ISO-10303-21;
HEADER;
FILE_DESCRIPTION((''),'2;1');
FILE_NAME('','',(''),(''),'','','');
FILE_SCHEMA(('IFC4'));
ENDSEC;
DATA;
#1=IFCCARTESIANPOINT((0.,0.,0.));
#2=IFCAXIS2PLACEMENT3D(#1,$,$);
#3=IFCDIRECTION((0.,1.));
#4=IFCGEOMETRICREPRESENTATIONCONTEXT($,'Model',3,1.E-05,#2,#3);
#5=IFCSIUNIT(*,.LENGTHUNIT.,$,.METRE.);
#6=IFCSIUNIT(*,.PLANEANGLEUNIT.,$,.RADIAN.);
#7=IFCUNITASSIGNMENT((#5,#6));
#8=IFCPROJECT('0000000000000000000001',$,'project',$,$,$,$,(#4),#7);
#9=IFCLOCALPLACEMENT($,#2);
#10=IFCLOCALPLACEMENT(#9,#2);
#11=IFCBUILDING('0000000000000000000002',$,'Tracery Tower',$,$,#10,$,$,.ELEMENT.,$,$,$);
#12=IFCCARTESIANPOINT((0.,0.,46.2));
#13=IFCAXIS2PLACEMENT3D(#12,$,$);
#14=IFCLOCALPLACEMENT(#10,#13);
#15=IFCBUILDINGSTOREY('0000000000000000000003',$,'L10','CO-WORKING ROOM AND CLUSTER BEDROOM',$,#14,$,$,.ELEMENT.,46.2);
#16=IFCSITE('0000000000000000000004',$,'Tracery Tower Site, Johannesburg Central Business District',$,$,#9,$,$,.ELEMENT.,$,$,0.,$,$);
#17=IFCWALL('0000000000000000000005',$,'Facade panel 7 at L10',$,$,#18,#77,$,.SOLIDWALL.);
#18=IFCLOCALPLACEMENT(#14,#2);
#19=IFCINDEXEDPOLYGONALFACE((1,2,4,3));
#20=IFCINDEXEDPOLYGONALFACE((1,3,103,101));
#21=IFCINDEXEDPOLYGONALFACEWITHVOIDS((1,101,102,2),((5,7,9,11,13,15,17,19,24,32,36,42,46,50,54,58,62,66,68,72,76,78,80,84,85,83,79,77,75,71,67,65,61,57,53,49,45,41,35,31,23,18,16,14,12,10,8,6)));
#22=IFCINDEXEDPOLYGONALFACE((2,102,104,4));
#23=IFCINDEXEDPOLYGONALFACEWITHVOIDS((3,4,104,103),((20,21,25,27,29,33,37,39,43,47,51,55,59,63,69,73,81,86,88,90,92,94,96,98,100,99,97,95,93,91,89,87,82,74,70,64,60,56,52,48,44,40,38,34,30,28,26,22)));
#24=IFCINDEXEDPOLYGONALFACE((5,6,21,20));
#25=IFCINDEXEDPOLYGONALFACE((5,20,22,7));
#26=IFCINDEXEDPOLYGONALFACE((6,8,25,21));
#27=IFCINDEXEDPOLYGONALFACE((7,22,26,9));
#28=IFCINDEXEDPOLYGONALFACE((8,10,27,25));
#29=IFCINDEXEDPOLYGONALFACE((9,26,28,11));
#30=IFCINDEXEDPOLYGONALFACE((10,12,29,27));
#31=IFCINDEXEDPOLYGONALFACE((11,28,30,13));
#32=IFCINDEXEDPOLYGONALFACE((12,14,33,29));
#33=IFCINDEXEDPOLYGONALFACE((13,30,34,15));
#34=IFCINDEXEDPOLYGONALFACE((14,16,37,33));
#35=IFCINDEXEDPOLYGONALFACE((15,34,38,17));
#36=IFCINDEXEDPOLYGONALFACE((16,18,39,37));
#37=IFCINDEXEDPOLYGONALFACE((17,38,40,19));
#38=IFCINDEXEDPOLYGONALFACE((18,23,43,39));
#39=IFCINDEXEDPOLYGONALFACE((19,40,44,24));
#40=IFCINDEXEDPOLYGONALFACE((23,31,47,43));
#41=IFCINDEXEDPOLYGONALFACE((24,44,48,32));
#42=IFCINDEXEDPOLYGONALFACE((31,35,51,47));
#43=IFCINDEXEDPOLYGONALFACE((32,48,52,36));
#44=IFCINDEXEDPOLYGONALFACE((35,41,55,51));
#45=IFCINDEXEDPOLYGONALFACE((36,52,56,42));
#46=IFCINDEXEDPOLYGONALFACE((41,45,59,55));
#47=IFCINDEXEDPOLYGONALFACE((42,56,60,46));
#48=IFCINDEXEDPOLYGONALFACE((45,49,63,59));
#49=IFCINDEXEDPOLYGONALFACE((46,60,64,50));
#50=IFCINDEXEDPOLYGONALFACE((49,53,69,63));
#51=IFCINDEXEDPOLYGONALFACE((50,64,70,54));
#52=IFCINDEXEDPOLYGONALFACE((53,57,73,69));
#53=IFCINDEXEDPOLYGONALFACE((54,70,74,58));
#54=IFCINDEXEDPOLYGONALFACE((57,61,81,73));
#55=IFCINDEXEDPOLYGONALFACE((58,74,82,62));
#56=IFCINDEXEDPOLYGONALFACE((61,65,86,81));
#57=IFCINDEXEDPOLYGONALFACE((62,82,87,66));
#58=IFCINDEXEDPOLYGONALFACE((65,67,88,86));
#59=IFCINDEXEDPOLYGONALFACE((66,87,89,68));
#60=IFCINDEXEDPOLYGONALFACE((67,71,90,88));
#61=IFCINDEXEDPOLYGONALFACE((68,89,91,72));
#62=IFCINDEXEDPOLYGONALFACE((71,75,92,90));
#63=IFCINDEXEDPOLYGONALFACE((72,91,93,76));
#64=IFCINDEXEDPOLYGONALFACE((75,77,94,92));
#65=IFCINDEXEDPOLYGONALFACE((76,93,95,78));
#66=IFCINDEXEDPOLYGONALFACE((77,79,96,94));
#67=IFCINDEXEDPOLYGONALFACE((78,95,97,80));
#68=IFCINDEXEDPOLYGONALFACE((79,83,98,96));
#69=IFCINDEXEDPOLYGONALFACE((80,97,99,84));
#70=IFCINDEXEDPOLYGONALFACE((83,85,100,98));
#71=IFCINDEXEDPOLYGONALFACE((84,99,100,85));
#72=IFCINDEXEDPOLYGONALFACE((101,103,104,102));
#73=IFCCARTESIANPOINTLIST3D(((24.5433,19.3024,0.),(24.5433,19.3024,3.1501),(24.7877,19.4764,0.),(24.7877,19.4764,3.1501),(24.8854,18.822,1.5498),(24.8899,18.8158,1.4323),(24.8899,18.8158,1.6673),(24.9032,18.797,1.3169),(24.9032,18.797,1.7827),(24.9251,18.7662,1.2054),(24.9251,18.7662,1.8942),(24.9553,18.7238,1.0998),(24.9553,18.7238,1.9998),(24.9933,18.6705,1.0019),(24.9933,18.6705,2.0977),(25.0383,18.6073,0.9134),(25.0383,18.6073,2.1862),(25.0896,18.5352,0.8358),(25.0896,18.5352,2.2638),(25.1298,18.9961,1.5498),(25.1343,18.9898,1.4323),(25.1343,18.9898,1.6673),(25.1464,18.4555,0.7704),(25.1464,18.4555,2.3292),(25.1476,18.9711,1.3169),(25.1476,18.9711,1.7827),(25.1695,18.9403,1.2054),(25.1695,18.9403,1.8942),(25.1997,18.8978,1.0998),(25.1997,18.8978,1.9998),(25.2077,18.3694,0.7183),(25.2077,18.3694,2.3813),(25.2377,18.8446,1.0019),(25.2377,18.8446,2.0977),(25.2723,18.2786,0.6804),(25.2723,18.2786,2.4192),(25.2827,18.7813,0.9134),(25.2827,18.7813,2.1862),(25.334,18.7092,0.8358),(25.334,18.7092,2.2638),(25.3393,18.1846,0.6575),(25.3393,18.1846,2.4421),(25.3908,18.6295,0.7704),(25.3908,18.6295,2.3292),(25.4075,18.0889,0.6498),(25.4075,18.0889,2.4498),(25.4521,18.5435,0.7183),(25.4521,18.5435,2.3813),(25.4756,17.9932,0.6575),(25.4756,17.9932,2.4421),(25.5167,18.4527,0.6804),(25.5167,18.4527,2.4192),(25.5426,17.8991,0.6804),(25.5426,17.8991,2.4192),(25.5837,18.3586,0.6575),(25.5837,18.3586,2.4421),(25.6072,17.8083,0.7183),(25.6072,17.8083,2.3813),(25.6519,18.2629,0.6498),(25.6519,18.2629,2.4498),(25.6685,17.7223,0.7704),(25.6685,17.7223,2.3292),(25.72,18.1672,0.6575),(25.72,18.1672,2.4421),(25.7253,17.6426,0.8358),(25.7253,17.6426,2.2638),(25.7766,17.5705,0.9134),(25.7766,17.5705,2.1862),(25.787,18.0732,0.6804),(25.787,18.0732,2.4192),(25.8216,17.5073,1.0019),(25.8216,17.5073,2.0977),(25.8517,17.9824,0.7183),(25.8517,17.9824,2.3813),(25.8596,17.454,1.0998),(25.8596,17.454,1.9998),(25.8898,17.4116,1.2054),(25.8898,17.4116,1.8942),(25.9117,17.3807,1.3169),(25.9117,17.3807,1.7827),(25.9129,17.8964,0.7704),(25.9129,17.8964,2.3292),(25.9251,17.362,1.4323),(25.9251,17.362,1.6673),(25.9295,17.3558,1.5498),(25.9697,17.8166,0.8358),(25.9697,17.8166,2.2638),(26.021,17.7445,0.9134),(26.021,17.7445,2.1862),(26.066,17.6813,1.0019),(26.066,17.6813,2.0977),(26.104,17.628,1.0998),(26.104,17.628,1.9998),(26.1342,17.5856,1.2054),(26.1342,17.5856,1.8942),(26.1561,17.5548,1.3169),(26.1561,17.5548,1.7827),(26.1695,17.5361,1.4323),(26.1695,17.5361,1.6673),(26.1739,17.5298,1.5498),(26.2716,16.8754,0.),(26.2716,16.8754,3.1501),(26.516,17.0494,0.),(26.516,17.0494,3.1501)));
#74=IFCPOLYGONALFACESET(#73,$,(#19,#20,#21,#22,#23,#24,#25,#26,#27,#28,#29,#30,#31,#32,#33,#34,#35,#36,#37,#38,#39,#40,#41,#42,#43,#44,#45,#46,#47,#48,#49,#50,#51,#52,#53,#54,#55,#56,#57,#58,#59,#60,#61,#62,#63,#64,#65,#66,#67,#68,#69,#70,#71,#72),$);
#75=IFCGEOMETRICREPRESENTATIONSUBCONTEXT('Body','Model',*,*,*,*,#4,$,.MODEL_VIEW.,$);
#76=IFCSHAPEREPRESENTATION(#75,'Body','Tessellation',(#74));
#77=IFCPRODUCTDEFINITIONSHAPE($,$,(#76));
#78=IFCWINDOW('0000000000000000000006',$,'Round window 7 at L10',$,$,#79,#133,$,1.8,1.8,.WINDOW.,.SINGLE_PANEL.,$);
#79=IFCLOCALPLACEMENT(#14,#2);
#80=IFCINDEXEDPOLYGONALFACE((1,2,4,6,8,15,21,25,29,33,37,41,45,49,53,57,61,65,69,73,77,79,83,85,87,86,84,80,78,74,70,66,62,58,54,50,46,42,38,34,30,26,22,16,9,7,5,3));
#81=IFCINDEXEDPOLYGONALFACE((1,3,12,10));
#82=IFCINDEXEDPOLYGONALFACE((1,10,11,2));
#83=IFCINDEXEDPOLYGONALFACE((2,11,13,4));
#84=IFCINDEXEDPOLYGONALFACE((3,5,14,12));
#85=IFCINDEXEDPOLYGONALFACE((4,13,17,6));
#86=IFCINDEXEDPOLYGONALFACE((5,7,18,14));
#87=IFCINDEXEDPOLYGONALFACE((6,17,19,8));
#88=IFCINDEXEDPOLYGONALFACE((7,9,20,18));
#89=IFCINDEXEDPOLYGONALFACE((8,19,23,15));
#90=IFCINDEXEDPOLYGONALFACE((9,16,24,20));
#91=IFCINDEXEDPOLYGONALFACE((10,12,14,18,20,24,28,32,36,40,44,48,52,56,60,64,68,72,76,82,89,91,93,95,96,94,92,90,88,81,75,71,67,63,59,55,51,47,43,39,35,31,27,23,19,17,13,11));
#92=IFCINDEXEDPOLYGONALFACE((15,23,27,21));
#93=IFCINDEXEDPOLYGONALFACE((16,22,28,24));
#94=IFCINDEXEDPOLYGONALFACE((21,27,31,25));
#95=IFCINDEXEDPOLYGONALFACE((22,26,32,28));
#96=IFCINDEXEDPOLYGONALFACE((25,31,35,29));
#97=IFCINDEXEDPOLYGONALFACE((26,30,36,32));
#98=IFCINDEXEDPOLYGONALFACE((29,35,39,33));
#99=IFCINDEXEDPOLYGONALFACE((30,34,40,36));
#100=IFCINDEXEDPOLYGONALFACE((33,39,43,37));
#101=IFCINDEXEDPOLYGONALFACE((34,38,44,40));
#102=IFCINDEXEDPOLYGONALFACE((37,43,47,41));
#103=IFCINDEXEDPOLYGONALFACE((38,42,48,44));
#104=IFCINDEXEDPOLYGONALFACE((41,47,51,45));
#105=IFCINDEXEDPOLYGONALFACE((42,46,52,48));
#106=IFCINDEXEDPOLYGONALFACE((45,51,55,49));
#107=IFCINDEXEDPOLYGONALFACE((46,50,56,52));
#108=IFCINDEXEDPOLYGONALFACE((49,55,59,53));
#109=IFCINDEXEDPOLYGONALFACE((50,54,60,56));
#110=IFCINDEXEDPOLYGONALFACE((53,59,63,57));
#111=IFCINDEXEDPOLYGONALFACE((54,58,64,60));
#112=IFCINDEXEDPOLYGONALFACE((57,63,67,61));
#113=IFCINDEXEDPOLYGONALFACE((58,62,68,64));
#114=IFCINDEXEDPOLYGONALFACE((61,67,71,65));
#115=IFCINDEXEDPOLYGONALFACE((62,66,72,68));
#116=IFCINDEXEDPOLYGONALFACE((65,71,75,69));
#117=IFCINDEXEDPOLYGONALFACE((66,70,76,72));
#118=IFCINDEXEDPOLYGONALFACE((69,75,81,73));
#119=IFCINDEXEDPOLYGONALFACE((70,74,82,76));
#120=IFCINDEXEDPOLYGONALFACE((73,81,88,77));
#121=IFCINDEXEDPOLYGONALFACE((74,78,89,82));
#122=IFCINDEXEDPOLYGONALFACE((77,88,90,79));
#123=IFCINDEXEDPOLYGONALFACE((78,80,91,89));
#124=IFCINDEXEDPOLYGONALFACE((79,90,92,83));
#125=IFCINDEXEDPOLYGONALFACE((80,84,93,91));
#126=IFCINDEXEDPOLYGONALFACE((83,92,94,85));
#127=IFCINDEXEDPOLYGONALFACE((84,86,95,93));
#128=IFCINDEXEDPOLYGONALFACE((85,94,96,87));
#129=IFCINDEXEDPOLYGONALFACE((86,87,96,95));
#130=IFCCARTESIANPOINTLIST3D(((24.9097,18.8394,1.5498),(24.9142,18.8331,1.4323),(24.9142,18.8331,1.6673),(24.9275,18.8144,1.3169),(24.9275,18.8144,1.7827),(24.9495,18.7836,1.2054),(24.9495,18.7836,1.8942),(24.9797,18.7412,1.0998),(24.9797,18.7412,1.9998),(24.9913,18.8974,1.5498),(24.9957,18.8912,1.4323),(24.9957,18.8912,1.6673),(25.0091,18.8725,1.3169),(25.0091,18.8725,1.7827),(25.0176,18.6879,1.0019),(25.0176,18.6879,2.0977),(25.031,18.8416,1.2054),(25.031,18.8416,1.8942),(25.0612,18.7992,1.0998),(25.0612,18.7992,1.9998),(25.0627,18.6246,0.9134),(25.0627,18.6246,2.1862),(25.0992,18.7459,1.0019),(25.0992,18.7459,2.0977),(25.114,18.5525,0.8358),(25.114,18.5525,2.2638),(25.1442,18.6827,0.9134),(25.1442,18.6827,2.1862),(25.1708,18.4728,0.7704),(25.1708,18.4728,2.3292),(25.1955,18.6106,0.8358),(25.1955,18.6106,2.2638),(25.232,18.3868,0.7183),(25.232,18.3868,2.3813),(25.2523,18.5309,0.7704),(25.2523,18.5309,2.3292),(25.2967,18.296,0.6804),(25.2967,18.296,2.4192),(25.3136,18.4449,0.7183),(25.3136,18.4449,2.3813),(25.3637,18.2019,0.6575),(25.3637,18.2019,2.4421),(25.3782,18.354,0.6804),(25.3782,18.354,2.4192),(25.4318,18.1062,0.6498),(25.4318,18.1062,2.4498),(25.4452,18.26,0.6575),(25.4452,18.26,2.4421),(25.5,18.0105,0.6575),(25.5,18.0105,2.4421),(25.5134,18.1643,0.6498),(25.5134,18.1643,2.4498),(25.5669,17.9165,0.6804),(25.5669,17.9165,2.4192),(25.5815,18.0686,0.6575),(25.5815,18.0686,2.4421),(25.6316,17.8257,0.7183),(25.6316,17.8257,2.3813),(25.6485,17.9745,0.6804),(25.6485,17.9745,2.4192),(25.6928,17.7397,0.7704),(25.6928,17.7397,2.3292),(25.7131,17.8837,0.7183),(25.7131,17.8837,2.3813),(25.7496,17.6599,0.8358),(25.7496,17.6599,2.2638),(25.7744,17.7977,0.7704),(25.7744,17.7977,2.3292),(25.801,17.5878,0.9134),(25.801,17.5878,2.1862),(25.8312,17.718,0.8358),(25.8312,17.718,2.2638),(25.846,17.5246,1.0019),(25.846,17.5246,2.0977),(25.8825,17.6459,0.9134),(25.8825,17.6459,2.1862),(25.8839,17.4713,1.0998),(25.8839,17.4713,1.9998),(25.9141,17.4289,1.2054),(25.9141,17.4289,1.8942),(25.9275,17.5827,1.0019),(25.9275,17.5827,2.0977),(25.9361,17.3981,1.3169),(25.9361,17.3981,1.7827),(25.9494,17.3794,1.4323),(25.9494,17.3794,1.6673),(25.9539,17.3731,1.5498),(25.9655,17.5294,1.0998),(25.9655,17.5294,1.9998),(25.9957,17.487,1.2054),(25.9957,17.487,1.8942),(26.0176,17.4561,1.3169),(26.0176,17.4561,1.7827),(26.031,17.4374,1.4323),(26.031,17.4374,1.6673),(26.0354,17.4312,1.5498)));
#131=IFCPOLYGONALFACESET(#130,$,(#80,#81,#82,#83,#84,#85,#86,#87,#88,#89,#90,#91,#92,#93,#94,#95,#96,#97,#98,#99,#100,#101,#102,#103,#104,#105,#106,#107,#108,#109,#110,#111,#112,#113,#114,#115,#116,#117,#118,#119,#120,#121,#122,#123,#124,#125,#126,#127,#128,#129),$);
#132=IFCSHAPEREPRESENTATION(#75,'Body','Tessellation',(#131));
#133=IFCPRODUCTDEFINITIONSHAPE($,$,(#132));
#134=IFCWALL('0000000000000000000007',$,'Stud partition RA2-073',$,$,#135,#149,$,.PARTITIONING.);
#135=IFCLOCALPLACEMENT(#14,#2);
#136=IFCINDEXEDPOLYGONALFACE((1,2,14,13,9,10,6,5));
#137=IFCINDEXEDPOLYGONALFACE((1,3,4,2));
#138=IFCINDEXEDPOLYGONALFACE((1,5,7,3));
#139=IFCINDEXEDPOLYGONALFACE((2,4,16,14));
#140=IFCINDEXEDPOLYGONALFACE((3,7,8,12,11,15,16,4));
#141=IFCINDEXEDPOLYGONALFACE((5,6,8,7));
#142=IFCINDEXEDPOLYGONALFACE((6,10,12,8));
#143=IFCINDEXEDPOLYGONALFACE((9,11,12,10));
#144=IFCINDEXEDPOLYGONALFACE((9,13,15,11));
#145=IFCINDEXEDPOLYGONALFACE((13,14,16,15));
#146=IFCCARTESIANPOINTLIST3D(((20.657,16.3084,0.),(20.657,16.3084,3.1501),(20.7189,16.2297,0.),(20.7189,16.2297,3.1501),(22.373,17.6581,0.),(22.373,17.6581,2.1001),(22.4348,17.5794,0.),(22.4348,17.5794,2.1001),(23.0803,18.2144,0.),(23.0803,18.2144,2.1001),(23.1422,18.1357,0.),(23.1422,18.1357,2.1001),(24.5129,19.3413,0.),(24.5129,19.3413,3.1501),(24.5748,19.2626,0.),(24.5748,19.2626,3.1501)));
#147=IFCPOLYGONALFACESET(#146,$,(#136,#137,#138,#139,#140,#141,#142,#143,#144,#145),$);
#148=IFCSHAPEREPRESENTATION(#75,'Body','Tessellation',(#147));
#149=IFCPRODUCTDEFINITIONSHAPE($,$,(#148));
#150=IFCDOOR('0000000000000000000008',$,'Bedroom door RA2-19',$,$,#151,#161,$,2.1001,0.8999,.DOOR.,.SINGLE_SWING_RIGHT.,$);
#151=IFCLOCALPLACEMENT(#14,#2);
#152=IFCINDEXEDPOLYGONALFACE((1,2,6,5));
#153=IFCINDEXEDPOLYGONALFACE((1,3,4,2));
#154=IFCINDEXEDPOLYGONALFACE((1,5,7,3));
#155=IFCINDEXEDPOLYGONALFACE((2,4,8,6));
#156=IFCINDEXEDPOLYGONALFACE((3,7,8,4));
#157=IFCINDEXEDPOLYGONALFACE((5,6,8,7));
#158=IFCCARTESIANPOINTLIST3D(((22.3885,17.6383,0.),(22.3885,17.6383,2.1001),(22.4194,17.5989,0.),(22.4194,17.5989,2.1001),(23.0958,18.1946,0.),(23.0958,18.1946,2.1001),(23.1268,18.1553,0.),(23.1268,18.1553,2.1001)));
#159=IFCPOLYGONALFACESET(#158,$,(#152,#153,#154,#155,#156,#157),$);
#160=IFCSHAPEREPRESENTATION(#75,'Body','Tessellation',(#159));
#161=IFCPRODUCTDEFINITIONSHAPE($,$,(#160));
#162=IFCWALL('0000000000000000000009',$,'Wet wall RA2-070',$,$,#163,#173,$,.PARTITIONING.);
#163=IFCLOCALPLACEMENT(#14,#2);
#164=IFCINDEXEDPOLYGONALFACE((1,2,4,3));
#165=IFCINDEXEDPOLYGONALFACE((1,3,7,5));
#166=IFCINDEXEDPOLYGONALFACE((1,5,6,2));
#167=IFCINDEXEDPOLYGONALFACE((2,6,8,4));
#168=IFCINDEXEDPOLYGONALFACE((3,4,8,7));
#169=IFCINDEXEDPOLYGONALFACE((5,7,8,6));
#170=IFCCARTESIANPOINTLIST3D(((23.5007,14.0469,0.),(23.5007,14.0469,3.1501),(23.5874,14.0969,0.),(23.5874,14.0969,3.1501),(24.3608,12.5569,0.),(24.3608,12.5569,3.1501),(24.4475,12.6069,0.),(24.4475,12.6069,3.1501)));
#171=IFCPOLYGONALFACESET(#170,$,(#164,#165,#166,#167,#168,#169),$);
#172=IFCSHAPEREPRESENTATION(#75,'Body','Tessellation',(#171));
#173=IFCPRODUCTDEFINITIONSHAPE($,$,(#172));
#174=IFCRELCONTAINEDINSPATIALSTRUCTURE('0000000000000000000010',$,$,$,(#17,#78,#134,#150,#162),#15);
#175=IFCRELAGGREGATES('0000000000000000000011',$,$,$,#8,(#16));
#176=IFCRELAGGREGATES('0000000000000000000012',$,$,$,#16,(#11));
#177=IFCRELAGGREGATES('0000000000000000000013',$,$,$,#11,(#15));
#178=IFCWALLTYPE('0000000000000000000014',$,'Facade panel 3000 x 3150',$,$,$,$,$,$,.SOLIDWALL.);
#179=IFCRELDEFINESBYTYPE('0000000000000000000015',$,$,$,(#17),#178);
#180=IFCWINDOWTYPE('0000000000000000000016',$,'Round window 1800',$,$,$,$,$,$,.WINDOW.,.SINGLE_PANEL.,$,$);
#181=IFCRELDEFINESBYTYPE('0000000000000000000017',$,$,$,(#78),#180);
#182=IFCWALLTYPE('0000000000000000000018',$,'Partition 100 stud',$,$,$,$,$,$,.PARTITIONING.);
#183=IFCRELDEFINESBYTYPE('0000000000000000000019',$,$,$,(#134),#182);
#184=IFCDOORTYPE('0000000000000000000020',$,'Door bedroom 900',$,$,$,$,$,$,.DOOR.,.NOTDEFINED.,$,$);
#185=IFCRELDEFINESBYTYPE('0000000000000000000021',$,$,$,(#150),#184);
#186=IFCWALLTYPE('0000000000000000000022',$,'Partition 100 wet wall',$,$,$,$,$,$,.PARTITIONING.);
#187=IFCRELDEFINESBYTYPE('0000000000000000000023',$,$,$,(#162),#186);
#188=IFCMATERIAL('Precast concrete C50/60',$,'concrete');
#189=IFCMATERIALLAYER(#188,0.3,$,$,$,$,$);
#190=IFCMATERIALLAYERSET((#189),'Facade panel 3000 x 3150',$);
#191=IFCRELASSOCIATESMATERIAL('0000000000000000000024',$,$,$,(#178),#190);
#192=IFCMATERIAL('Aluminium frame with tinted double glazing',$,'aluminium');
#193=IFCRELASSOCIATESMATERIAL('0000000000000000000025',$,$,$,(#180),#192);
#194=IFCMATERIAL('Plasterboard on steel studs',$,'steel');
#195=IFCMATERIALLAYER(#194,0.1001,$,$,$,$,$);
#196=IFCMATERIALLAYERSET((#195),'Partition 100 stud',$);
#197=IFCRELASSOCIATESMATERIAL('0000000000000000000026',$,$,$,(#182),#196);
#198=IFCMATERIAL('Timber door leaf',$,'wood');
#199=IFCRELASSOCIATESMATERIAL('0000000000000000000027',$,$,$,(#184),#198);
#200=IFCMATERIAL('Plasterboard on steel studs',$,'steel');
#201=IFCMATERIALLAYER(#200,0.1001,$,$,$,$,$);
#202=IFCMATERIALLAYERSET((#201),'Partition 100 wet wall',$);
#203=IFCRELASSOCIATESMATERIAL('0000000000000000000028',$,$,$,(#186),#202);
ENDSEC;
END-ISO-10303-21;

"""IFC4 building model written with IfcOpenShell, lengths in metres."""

from ifc_helpers import new_model, si_unit, direction, frame, frame_2d, origin, origin_2d, place, context, subcontext, project, spatial, rectangle, circle, extrude, material, layer, layer_set, type_object, element, fill, save


model = new_model("IFC4")

# Units and contexts
model_context = context("Model", 3, precision=1e-05, world=origin(), true_north=direction((0.0, 1.0)))
body_context = subcontext(model_context, "Body", "Model", "MODEL_VIEW")
ifc_project = project(units=[si_unit("LENGTHUNIT", "METRE"), si_unit("PLANEANGLEUNIT", "RADIAN")], contexts=[model_context])

# Site, building, storey
site_placement = place(None, origin())
site = spatial("IfcSite", under=ifc_project, at=site_placement, Name="Tracery Tower Site, Johannesburg Central Business District", CompositionType="ELEMENT", RefElevation=0.0)
building_placement = place(site_placement, origin())
building = spatial("IfcBuilding", under=site, at=building_placement, Name="Tracery Tower", CompositionType="ELEMENT")
storey_placement = place(building_placement, frame((0.0, 0.0, 46.2)))
storey = spatial("IfcBuildingStorey", under=building, at=storey_placement, Name="L10", Description="CO-WORKING ROOM AND CLUSTER BEDROOM", CompositionType="ELEMENT", Elevation=46.2)

# Wall, opening, window
ifc_material_1 = material(Name="Precast concrete C50/60", Category="concrete")
ifc_layer_1 = layer(ifc_material_1, 0.3)
ifc_layer_set_1 = layer_set([ifc_layer_1], Name="Facade panel 3000 x 3150")
wall_type_1 = type_object("IfcWallType", Name="Facade panel 3000 x 3150", PredefinedType="SOLIDWALL", material=ifc_layer_set_1)
ifc_material_2 = material(Name="Aluminium frame with tinted double glazing", Category="aluminium")
window_type = type_object("IfcWindowType", Name="Round window 1800", PartitioningType="SINGLE_PANEL", PredefinedType="WINDOW", material=ifc_material_2)
wall_1_placement = place(storey_placement, frame((26.3938, 16.9624, 0.0), z_axis=(0.0, 0.0, 1.0), x_axis=(-0.580059, 0.814574, 0.0)))
wall_1 = element("IfcWall", 1, at=wall_1_placement, inside=storey, type_object=wall_type_1, Name="Facade panel 7 at L10", PredefinedType="SOLIDWALL", context=body_context, shape_type="SweptSolid", body=[
    extrude(rectangle(XDim=2.9795, YDim=0.3, at=frame_2d((1.4897, 0.0))), origin(), (0.0, 0.0, 1.0), 3.1501),
])
opening_1_placement = place(wall_1_placement, frame((1.4897, 0.0, 1.5498)))
opening_1 = element("IfcOpeningElement", 2, at=opening_1_placement, cuts=wall_1, PredefinedType="OPENING", context=body_context, shape_type="SweptSolid", body=[
    extrude(circle(Radius=0.9, at=origin_2d()), frame((0.0, 0.1599, 0.0), z_axis=(0.0, -1.0, 0.0), x_axis=(1.0, 0.0, 0.0)), (0.0, 0.0, 1.0), 0.3201),
])
window_1_placement = place(opening_1_placement, origin())
window_1 = element("IfcWindow", 3, at=window_1_placement, inside=storey, type_object=window_type, Name="Round window 7 at L10", OverallHeight=1.8, OverallWidth=1.8, PartitioningType="SINGLE_PANEL", PredefinedType="WINDOW", context=body_context, shape_type="SweptSolid", body=[
    extrude(circle(Radius=0.9, at=origin_2d()), frame((0.0, 0.1201, 0.0), z_axis=(0.0, -1.0, 0.0), x_axis=(1.0, 0.0, 0.0)), (0.0, 0.0, 1.0), 0.1001),
])
fill(opening_1, window_1)

# Wall, opening, door
ifc_material_3 = material(Name="Plasterboard on steel studs", Category="steel")
ifc_layer_2 = layer(ifc_material_3, 0.1001)
ifc_layer_set_2 = layer_set([ifc_layer_2], Name="Partition 100 stud")
wall_type_2 = type_object("IfcWallType", Name="Partition 100 stud", PredefinedType="PARTITIONING", material=ifc_layer_set_2)
wall_2_placement = place(storey_placement, frame((20.688, 16.269, 0.0), z_axis=(0.0, 0.0, 1.0), x_axis=(0.785994, 0.618235, 0.0)))
wall_2 = element("IfcWall", 4, at=wall_2_placement, inside=storey, type_object=wall_type_2, Name="Stud partition RA2-073", PredefinedType="PARTITIONING", context=body_context, shape_type="SweptSolid", body=[
    extrude(rectangle(XDim=4.9058, YDim=0.1001, at=frame_2d((2.4529, 0.0))), origin(), (0.0, 0.0, 1.0), 3.1501),
])
opening_2_placement = place(wall_2_placement, frame((2.1831, 0.0, 0.0)))
opening_2 = element("IfcOpeningElement", 5, at=opening_2_placement, cuts=wall_2, PredefinedType="OPENING", context=body_context, shape_type="SweptSolid", body=[
    extrude(rectangle(XDim=0.8999, YDim=2.1001, at=frame_2d((0.45, 1.05))), frame((0.0, 0.05, 0.0), z_axis=(0.0, -1.0, 0.0), x_axis=(1.0, 0.0, 0.0)), (0.0, 0.0, 1.0), 0.1001),
])
ifc_material_4 = material(Name="Timber door leaf", Category="wood")
door_type_1 = type_object("IfcDoorType", Name="Door bedroom 900", OperationType="NOTDEFINED", PredefinedType="DOOR", material=ifc_material_4)
door_1_placement = place(opening_2_placement, origin())
door_1 = element("IfcDoor", 6, at=door_1_placement, inside=storey, type_object=door_type_1, Name="Bedroom door RA2-19", OperationType="SINGLE_SWING_RIGHT", OverallHeight=2.1001, OverallWidth=0.8999, PredefinedType="DOOR", context=body_context, shape_type="SweptSolid", body=[
    extrude(rectangle(XDim=0.8999, YDim=2.1001, at=frame_2d((0.45, 1.05))), frame((0.0, 0.0249, 0.0), z_axis=(0.0, -1.0, 0.0), x_axis=(1.0, 0.0, 0.0)), (0.0, 0.0, 1.0), 0.05),
])
fill(opening_2, door_1)

# Wall
ifc_material_5 = material(Name="Plasterboard on steel studs", Category="steel")
ifc_layer_3 = layer(ifc_material_5, 0.1001)
ifc_layer_set_3 = layer_set([ifc_layer_3], Name="Partition 100 wet wall")
wall_type_3 = type_object("IfcWallType", Name="Partition 100 wet wall", PredefinedType="PARTITIONING", material=ifc_layer_set_3)
wall_3_placement = place(storey_placement, frame((23.5439, 14.072, 0.0), z_axis=(0.0, 0.0, 1.0), x_axis=(0.499939, -0.86606, 0.0)))
element("IfcWall", 7, at=wall_3_placement, inside=storey, type_object=wall_type_3, Name="Wet wall RA2-070", PredefinedType="PARTITIONING", context=body_context, shape_type="SweptSolid", body=[
    extrude(rectangle(XDim=1.7205, YDim=0.1001, at=frame_2d((0.8604, 0.0))), origin(), (0.0, 0.0, 1.0), 3.1501),
])

save(model, "model.ifc")
